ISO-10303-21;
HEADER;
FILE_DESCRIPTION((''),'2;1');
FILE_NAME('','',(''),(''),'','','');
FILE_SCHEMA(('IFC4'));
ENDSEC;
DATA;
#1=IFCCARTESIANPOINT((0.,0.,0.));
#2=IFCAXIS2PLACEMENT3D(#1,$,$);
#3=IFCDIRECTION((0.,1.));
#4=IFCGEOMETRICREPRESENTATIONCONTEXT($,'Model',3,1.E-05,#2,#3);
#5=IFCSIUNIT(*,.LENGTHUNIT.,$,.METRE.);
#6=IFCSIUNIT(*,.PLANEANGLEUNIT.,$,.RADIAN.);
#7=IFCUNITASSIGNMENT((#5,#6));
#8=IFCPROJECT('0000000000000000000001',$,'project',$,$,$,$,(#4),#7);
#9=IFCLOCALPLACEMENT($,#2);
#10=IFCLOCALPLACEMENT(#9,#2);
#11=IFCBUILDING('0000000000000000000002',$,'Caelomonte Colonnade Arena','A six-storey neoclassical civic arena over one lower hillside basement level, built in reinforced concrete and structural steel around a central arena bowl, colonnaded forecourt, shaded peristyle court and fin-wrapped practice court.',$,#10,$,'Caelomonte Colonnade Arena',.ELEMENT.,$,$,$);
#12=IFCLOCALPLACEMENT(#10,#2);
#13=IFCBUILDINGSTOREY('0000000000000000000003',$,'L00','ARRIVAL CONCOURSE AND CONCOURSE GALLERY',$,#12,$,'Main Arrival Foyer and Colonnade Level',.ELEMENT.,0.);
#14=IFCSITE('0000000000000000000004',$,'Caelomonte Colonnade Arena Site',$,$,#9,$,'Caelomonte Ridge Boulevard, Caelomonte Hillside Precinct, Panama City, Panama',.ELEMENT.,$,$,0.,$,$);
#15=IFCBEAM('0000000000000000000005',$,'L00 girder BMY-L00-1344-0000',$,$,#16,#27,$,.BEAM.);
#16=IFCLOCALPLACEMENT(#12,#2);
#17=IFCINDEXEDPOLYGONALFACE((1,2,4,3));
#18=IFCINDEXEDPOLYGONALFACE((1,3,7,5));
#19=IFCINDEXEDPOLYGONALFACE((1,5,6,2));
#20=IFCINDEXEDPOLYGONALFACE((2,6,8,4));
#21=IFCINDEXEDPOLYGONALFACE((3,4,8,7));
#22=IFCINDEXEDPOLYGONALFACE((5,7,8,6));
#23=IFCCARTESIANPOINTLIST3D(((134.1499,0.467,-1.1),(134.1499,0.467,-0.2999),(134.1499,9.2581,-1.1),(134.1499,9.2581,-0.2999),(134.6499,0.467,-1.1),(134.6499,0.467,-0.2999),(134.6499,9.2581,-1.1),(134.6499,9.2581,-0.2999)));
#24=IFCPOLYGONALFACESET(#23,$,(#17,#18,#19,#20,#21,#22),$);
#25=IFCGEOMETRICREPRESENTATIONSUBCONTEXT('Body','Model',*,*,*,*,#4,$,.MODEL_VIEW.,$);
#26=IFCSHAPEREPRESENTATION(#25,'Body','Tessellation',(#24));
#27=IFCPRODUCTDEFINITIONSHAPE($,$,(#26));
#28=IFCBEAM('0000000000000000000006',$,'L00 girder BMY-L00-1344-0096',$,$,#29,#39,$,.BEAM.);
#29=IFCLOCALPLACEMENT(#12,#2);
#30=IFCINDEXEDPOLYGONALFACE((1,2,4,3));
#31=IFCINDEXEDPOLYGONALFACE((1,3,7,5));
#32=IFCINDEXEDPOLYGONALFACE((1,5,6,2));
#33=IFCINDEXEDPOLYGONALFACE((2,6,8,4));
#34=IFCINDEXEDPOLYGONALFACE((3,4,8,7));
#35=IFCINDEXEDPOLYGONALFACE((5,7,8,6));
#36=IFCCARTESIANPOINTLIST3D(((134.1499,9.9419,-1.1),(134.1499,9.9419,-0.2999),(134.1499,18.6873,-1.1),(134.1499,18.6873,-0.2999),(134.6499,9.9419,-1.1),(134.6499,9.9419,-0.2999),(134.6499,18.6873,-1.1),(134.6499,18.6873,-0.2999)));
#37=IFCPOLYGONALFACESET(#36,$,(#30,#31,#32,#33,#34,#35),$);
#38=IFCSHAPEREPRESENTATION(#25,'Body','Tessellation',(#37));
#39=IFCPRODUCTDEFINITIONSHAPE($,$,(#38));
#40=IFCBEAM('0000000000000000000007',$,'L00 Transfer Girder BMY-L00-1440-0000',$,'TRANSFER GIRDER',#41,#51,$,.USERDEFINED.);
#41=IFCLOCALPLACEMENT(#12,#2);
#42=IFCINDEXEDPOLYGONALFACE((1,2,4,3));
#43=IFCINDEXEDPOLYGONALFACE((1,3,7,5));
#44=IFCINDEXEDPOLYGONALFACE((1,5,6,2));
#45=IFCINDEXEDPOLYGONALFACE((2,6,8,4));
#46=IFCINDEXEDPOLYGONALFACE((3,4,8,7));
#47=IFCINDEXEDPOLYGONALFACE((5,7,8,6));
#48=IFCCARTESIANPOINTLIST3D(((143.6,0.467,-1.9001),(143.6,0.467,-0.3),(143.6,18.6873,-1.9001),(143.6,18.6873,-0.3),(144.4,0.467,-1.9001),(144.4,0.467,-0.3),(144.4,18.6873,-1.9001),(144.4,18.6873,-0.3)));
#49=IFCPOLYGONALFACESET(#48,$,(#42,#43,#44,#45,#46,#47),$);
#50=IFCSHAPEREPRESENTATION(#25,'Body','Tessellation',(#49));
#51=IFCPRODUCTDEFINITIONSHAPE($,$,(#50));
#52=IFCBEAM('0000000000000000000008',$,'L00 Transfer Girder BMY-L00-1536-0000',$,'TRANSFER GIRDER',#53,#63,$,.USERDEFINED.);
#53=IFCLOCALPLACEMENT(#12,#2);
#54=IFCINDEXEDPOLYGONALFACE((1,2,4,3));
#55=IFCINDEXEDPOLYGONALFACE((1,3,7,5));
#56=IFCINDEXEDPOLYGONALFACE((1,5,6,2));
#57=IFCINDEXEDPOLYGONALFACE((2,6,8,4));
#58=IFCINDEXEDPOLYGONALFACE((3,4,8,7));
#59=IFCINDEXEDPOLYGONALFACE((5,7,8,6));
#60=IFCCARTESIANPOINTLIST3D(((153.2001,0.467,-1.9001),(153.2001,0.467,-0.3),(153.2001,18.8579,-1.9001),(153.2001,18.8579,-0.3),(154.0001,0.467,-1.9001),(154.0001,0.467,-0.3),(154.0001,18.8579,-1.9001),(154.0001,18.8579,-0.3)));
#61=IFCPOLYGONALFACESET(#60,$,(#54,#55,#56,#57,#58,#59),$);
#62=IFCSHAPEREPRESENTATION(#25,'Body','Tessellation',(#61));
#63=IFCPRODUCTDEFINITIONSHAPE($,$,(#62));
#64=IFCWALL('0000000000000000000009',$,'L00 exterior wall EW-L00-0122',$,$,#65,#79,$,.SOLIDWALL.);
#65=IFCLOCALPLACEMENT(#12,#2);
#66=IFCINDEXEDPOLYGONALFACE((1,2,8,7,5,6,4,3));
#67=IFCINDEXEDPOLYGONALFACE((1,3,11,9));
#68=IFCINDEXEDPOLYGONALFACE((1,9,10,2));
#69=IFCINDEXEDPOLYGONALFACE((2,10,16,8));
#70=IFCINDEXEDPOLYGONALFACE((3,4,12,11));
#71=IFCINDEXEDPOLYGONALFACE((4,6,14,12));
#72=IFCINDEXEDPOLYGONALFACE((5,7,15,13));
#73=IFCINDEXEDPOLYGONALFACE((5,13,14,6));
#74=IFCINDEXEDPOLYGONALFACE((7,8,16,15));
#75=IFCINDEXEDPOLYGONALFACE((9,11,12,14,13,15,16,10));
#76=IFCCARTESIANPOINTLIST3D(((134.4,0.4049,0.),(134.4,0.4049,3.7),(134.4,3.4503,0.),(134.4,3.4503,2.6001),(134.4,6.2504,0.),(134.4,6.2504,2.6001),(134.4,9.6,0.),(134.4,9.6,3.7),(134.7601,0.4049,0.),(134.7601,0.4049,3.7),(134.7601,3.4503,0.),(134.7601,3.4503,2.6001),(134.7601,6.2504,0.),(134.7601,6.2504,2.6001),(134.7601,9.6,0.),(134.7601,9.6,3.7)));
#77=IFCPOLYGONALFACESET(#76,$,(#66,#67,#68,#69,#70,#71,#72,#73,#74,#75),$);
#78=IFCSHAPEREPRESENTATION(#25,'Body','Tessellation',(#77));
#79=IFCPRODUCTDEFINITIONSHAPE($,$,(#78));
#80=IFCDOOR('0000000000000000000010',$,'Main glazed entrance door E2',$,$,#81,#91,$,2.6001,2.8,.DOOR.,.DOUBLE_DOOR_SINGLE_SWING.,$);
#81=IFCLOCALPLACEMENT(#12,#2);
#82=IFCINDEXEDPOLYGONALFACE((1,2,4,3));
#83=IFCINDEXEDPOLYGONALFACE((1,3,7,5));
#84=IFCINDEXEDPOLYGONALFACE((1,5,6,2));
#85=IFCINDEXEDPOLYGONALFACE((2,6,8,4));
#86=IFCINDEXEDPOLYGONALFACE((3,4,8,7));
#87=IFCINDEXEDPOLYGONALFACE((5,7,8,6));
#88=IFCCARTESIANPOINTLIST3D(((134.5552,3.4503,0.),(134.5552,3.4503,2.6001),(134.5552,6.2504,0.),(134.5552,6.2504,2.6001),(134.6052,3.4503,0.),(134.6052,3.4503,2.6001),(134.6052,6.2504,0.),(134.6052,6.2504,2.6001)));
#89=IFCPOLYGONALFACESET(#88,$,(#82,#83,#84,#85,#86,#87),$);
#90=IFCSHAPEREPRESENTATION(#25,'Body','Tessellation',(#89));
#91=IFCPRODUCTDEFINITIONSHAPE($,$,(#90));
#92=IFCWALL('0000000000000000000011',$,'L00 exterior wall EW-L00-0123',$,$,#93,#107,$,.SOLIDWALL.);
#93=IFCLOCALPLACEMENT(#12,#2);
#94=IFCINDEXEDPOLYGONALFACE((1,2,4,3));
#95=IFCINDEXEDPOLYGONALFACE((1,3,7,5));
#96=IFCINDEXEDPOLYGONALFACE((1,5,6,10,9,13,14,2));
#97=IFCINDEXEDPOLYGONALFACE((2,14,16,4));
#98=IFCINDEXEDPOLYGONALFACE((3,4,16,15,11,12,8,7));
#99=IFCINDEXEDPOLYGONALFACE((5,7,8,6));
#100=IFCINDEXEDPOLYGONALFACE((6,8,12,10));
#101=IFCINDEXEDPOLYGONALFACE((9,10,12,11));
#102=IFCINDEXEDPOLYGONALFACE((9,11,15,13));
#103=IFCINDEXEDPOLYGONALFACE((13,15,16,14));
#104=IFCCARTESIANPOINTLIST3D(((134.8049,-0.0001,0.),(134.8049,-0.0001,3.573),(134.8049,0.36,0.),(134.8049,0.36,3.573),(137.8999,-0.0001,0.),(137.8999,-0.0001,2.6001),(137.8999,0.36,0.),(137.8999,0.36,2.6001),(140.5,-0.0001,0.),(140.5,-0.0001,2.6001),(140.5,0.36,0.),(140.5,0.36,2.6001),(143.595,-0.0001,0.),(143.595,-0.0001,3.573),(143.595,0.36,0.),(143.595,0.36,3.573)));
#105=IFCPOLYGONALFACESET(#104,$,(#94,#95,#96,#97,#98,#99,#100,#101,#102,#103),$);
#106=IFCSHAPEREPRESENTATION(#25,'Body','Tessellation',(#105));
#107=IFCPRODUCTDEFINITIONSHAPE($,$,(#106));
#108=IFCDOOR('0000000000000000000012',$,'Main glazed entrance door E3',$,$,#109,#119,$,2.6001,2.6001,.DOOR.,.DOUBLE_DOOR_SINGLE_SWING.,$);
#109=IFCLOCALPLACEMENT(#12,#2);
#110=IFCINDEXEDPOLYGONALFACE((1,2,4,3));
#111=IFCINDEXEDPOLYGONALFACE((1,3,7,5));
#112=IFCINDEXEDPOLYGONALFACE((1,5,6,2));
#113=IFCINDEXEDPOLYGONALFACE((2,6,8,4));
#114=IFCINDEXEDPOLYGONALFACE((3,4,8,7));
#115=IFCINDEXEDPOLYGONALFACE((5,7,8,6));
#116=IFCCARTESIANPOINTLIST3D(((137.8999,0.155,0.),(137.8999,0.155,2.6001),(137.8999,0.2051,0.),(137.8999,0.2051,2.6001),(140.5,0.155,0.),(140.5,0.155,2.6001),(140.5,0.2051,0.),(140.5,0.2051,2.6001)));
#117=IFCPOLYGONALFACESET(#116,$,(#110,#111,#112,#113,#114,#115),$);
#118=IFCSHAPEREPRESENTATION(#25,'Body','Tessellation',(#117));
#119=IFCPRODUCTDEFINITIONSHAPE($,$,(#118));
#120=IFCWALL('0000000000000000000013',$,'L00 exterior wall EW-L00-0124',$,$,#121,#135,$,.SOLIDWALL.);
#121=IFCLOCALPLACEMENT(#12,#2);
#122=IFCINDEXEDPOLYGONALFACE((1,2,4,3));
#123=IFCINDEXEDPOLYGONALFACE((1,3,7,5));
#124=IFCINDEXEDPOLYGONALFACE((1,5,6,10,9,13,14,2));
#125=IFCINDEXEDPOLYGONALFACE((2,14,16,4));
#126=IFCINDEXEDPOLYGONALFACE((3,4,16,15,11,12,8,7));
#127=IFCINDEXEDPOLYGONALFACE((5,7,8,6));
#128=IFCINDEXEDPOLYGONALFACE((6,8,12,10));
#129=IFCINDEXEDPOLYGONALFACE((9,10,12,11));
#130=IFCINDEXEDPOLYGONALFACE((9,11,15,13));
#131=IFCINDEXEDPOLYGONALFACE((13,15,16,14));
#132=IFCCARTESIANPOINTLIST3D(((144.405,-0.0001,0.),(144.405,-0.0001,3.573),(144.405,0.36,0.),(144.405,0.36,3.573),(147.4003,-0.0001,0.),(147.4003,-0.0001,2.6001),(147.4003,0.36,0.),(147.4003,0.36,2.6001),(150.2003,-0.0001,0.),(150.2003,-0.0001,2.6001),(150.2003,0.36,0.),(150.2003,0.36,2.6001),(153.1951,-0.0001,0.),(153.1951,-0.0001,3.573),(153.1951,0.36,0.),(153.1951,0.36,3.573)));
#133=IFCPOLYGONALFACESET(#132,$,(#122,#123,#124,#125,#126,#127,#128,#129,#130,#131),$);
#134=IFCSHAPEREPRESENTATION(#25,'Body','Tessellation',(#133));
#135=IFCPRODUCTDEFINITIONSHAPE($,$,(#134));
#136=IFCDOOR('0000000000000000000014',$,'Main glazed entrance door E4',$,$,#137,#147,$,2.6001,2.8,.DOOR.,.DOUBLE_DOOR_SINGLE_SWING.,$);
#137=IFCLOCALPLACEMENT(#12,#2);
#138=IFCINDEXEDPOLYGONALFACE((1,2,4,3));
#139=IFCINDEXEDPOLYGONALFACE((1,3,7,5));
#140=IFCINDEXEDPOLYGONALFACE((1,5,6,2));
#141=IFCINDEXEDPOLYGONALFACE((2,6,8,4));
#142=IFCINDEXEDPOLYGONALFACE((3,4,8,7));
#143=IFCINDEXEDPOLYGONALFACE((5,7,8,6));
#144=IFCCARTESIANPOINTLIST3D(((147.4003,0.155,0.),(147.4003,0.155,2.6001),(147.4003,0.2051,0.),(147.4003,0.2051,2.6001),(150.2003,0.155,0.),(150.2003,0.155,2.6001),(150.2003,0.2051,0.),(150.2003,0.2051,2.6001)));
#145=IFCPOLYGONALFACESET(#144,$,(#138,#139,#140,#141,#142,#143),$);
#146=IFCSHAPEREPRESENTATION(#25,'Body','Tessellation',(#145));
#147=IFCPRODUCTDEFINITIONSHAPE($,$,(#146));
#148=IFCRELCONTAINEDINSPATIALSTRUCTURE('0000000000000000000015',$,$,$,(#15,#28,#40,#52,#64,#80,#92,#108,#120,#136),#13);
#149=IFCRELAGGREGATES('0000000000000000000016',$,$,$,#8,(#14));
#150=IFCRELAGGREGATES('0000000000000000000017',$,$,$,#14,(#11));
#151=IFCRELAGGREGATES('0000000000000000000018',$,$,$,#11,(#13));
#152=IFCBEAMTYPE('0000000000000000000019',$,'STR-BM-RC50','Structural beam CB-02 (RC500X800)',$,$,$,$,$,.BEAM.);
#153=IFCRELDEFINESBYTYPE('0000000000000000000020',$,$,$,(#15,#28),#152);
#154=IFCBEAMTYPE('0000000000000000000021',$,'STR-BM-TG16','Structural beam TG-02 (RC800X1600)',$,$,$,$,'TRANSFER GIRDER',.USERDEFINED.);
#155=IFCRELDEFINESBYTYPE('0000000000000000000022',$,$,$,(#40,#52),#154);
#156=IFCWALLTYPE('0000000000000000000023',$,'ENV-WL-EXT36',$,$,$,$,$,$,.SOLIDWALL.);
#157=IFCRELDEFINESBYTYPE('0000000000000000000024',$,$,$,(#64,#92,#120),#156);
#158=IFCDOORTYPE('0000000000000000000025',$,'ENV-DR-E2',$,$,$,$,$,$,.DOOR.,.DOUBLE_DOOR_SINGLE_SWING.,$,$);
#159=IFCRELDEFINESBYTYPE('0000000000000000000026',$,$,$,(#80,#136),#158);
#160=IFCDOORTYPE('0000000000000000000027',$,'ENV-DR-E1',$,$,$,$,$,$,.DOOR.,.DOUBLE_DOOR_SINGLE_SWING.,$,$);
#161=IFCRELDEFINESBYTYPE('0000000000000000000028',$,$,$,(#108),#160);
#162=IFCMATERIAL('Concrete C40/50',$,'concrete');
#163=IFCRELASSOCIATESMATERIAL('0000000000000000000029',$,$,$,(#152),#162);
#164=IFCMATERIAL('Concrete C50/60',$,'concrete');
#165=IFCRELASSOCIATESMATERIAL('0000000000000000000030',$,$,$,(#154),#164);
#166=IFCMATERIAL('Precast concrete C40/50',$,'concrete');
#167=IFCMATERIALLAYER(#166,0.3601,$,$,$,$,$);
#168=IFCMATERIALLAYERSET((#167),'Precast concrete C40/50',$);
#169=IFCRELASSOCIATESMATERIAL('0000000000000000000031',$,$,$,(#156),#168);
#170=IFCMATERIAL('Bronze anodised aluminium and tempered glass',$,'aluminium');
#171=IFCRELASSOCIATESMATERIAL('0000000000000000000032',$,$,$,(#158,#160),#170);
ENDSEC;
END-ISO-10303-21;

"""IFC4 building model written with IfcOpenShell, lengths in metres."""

from ifc_helpers import new_model, si_unit, direction, frame, frame_2d, origin, origin_2d, place, context, subcontext, project, spatial, rectangle, extrude, material, layer, layer_set, material_profile, profile_set, type_object, element, fill, save


model = new_model("IFC4")

# Units and contexts
model_context = context("Model", 3, precision=1e-05, world=origin(), true_north=direction((0.0, 1.0)))
body_context = subcontext(model_context, "Body", "Model", "MODEL_VIEW")
ifc_project = project(units=[si_unit("LENGTHUNIT", "METRE"), si_unit("PLANEANGLEUNIT", "RADIAN")], contexts=[model_context])

# Site, building, storey
site_placement = place(None, origin())
site = spatial("IfcSite", under=ifc_project, at=site_placement, Name="Caelomonte Colonnade Arena Site", LongName="Caelomonte Ridge Boulevard, Caelomonte Hillside Precinct, Panama City, Panama", CompositionType="ELEMENT", RefElevation=0.0)
building_placement = place(site_placement, origin())
building = spatial("IfcBuilding", under=site, at=building_placement, Name="Caelomonte Colonnade Arena", Description="A six-storey neoclassical civic arena over one lower hillside basement level, built in reinforced concrete and structural steel around a central arena bowl, colonnaded forecourt, shaded peristyle court and fin-wrapped practice court.", LongName="Caelomonte Colonnade Arena", CompositionType="ELEMENT")
storey_placement = place(building_placement, origin())
storey = spatial("IfcBuildingStorey", under=building, at=storey_placement, Name="L00", Description="ARRIVAL CONCOURSE AND CONCOURSE GALLERY", LongName="Main Arrival Foyer and Colonnade Level", CompositionType="ELEMENT", Elevation=0.0)

# Shared definitions
ifc_material_1 = material(Name="Concrete C40/50", Category="concrete")

# Beams
ifc_material_profile_1 = material_profile(ifc_material_1, rectangle(XDim=0.5, YDim=0.8, at=origin_2d()), Name="RC500X800")
ifc_profile_set_1 = profile_set([ifc_material_profile_1], Name="Concrete C40/50")
beam_type_1 = type_object("IfcBeamType", Name="STR-BM-RC50", Description="Structural beam CB-02 (RC500X800)", PredefinedType="BEAM", material=ifc_profile_set_1)
beam_1_placement = place(storey_placement, frame((134.3999, 0.467, -0.7), z_axis=(0.0, 1.0, 0.0), x_axis=(-1.0, 0.0, 0.0)))
element("IfcBeam", 1, at=beam_1_placement, inside=storey, type_object=beam_type_1, Name="L00 girder BMY-L00-1344-0000", PredefinedType="BEAM", context=body_context, shape_type="SweptSolid", body=[
    extrude(rectangle(XDim=0.5, YDim=0.8, at=origin_2d()), origin(), (0.0, 0.0, 1.0), 8.791),
])
beam_2_placement = place(storey_placement, frame((134.3999, 9.9419, -0.7), z_axis=(0.0, 1.0, 0.0), x_axis=(-1.0, 0.0, 0.0)))
element("IfcBeam", 2, at=beam_2_placement, inside=storey, type_object=beam_type_1, Name="L00 girder BMY-L00-1344-0096", PredefinedType="BEAM", context=body_context, shape_type="SweptSolid", body=[
    extrude(rectangle(XDim=0.5, YDim=0.8, at=origin_2d()), origin(), (0.0, 0.0, 1.0), 8.7454),
])
ifc_material_2 = material(Name="Concrete C50/60", Category="concrete")
ifc_material_profile_2 = material_profile(ifc_material_2, rectangle(XDim=0.8, YDim=1.6001, at=origin_2d()), Name="RC800X1600")
ifc_profile_set_2 = profile_set([ifc_material_profile_2], Name="Concrete C50/60")
beam_type_2 = type_object("IfcBeamType", Name="STR-BM-TG16", Description="Structural beam TG-02 (RC800X1600)", ElementType="TRANSFER GIRDER", PredefinedType="USERDEFINED", material=ifc_profile_set_2)
beam_3_placement = place(storey_placement, frame((144.0, 0.467, -1.1001), z_axis=(0.0, 1.0, 0.0), x_axis=(-1.0, 0.0, 0.0)))
element("IfcBeam", 3, at=beam_3_placement, inside=storey, type_object=beam_type_2, Name="L00 Transfer Girder BMY-L00-1440-0000", ObjectType="TRANSFER GIRDER", PredefinedType="USERDEFINED", context=body_context, shape_type="SweptSolid", body=[
    extrude(rectangle(XDim=0.8, YDim=1.6001, at=origin_2d()), origin(), (0.0, 0.0, 1.0), 18.2202),
])
beam_4_placement = place(storey_placement, frame((153.6001, 0.467, -1.1001), z_axis=(0.0, 1.0, 0.0), x_axis=(-1.0, 0.0, 0.0)))
element("IfcBeam", 4, at=beam_4_placement, inside=storey, type_object=beam_type_2, Name="L00 Transfer Girder BMY-L00-1536-0000", ObjectType="TRANSFER GIRDER", PredefinedType="USERDEFINED", context=body_context, shape_type="SweptSolid", body=[
    extrude(rectangle(XDim=0.8, YDim=1.6001, at=origin_2d()), origin(), (0.0, 0.0, 1.0), 18.3909),
])

# Walls, openings, doors
ifc_material_3 = material(Name="Precast concrete C40/50", Category="concrete")
ifc_layer_1 = layer(ifc_material_3, 0.3601)
ifc_layer_set_1 = layer_set([ifc_layer_1], Name="Precast concrete C40/50")
wall_type = type_object("IfcWallType", Name="ENV-WL-EXT36", PredefinedType="SOLIDWALL", material=ifc_layer_set_1)
wall_1_placement = place(storey_placement, frame((134.5801, 9.6001, 0.0), z_axis=(0.0, 0.0, 1.0), x_axis=(0.0, -1.0, 0.0)))
wall_1 = element("IfcWall", 5, at=wall_1_placement, inside=storey, type_object=wall_type, Name="L00 exterior wall EW-L00-0122", PredefinedType="SOLIDWALL", context=body_context, shape_type="SweptSolid", body=[
    extrude(rectangle(XDim=9.1951, YDim=0.3601, at=frame_2d((4.5977, 0.0))), origin(), (0.0, 0.0, 1.0), 3.7),
])
opening_1_placement = place(wall_1_placement, frame((6.1497, 0.0, 0.0), z_axis=(0.0, 0.0, 1.0), x_axis=(-1.0, 0.0, 0.0)))
opening_1 = element("IfcOpeningElement", 6, at=opening_1_placement, cuts=wall_1, PredefinedType="OPENING", context=body_context, shape_type="SweptSolid", body=[
    extrude(rectangle(XDim=2.8, YDim=2.6001, at=frame_2d((1.3999, 1.3))), frame((0.0, 0.1899, 0.0), z_axis=(0.0, -1.0, 0.0), x_axis=(1.0, 0.0, 0.0)), (0.0, 0.0, 1.0), 0.3801),
])
ifc_material_4 = material(Name="Bronze anodised aluminium and tempered glass", Category="aluminium")
door_type_1 = type_object("IfcDoorType", Name="ENV-DR-E2", OperationType="DOUBLE_DOOR_SINGLE_SWING", PredefinedType="DOOR", material=ifc_material_4)
door_1_placement = place(opening_1_placement, origin())
door_1 = element("IfcDoor", 7, at=door_1_placement, inside=storey, type_object=door_type_1, Name="Main glazed entrance door E2", OperationType="DOUBLE_DOOR_SINGLE_SWING", OverallHeight=2.6001, OverallWidth=2.8, PredefinedType="DOOR", context=body_context, shape_type="SweptSolid", body=[
    extrude(rectangle(XDim=2.8, YDim=2.6001, at=frame_2d((1.3999, 1.3))), frame((0.0, 0.0249, 0.0), z_axis=(0.0, -1.0, 0.0), x_axis=(1.0, 0.0, 0.0)), (0.0, 0.0, 1.0), 0.05),
])
fill(opening_1, door_1)
wall_2_placement = place(storey_placement, frame((134.8049, 0.1799, 0.0), z_axis=(0.0, 0.0, 1.0), x_axis=(1.0, 0.0, 0.0)))
wall_2 = element("IfcWall", 8, at=wall_2_placement, inside=storey, type_object=wall_type, Name="L00 exterior wall EW-L00-0123", PredefinedType="SOLIDWALL", context=body_context, shape_type="SweptSolid", body=[
    extrude(rectangle(XDim=8.79, YDim=0.3601, at=frame_2d((4.395, 0.0))), origin(), (0.0, 0.0, 1.0), 3.573),
])
opening_2_placement = place(wall_2_placement, frame((5.6951, 0.0, 0.0), z_axis=(0.0, 0.0, 1.0), x_axis=(-1.0, 0.0, 0.0)))
opening_2 = element("IfcOpeningElement", 9, at=opening_2_placement, cuts=wall_2, PredefinedType="OPENING", context=body_context, shape_type="SweptSolid", body=[
    extrude(rectangle(XDim=2.6001, YDim=2.6001, at=frame_2d((1.3, 1.3))), frame((0.0, 0.1899, 0.0), z_axis=(0.0, -1.0, 0.0), x_axis=(1.0, 0.0, 0.0)), (0.0, 0.0, 1.0), 0.3801),
])
door_type_2 = type_object("IfcDoorType", Name="ENV-DR-E1", OperationType="DOUBLE_DOOR_SINGLE_SWING", PredefinedType="DOOR", material=ifc_material_4)
door_2_placement = place(opening_2_placement, origin())
door_2 = element("IfcDoor", 10, at=door_2_placement, inside=storey, type_object=door_type_2, Name="Main glazed entrance door E3", OperationType="DOUBLE_DOOR_SINGLE_SWING", OverallHeight=2.6001, OverallWidth=2.6001, PredefinedType="DOOR", context=body_context, shape_type="SweptSolid", body=[
    extrude(rectangle(XDim=2.6001, YDim=2.6001, at=frame_2d((1.3, 1.3))), frame((0.0, 0.0249, 0.0), z_axis=(0.0, -1.0, 0.0), x_axis=(1.0, 0.0, 0.0)), (0.0, 0.0, 1.0), 0.05),
])
fill(opening_2, door_2)
wall_3_placement = place(storey_placement, frame((144.405, 0.1799, 0.0), z_axis=(0.0, 0.0, 1.0), x_axis=(1.0, 0.0, 0.0)))
wall_3 = element("IfcWall", 11, at=wall_3_placement, inside=storey, type_object=wall_type, Name="L00 exterior wall EW-L00-0124", PredefinedType="SOLIDWALL", context=body_context, shape_type="SweptSolid", body=[
    extrude(rectangle(XDim=8.79, YDim=0.3601, at=frame_2d((4.395, 0.0))), origin(), (0.0, 0.0, 1.0), 3.573),
])
opening_3_placement = place(wall_3_placement, frame((5.7952, 0.0, 0.0), z_axis=(0.0, 0.0, 1.0), x_axis=(-1.0, 0.0, 0.0)))
opening_3 = element("IfcOpeningElement", 12, at=opening_3_placement, cuts=wall_3, PredefinedType="OPENING", context=body_context, shape_type="SweptSolid", body=[
    extrude(rectangle(XDim=2.8, YDim=2.6001, at=frame_2d((1.3999, 1.3))), frame((0.0, 0.1899, 0.0), z_axis=(0.0, -1.0, 0.0), x_axis=(1.0, 0.0, 0.0)), (0.0, 0.0, 1.0), 0.3801),
])
door_3_placement = place(opening_3_placement, origin())
door_3 = element("IfcDoor", 13, at=door_3_placement, inside=storey, type_object=door_type_1, Name="Main glazed entrance door E4", OperationType="DOUBLE_DOOR_SINGLE_SWING", OverallHeight=2.6001, OverallWidth=2.8, PredefinedType="DOOR", context=body_context, shape_type="SweptSolid", body=[
    extrude(rectangle(XDim=2.8, YDim=2.6001, at=frame_2d((1.3999, 1.3))), frame((0.0, 0.0249, 0.0), z_axis=(0.0, -1.0, 0.0), x_axis=(1.0, 0.0, 0.0)), (0.0, 0.0, 1.0), 0.05),
])
fill(opening_3, door_3)

save(model, "model.ifc")
